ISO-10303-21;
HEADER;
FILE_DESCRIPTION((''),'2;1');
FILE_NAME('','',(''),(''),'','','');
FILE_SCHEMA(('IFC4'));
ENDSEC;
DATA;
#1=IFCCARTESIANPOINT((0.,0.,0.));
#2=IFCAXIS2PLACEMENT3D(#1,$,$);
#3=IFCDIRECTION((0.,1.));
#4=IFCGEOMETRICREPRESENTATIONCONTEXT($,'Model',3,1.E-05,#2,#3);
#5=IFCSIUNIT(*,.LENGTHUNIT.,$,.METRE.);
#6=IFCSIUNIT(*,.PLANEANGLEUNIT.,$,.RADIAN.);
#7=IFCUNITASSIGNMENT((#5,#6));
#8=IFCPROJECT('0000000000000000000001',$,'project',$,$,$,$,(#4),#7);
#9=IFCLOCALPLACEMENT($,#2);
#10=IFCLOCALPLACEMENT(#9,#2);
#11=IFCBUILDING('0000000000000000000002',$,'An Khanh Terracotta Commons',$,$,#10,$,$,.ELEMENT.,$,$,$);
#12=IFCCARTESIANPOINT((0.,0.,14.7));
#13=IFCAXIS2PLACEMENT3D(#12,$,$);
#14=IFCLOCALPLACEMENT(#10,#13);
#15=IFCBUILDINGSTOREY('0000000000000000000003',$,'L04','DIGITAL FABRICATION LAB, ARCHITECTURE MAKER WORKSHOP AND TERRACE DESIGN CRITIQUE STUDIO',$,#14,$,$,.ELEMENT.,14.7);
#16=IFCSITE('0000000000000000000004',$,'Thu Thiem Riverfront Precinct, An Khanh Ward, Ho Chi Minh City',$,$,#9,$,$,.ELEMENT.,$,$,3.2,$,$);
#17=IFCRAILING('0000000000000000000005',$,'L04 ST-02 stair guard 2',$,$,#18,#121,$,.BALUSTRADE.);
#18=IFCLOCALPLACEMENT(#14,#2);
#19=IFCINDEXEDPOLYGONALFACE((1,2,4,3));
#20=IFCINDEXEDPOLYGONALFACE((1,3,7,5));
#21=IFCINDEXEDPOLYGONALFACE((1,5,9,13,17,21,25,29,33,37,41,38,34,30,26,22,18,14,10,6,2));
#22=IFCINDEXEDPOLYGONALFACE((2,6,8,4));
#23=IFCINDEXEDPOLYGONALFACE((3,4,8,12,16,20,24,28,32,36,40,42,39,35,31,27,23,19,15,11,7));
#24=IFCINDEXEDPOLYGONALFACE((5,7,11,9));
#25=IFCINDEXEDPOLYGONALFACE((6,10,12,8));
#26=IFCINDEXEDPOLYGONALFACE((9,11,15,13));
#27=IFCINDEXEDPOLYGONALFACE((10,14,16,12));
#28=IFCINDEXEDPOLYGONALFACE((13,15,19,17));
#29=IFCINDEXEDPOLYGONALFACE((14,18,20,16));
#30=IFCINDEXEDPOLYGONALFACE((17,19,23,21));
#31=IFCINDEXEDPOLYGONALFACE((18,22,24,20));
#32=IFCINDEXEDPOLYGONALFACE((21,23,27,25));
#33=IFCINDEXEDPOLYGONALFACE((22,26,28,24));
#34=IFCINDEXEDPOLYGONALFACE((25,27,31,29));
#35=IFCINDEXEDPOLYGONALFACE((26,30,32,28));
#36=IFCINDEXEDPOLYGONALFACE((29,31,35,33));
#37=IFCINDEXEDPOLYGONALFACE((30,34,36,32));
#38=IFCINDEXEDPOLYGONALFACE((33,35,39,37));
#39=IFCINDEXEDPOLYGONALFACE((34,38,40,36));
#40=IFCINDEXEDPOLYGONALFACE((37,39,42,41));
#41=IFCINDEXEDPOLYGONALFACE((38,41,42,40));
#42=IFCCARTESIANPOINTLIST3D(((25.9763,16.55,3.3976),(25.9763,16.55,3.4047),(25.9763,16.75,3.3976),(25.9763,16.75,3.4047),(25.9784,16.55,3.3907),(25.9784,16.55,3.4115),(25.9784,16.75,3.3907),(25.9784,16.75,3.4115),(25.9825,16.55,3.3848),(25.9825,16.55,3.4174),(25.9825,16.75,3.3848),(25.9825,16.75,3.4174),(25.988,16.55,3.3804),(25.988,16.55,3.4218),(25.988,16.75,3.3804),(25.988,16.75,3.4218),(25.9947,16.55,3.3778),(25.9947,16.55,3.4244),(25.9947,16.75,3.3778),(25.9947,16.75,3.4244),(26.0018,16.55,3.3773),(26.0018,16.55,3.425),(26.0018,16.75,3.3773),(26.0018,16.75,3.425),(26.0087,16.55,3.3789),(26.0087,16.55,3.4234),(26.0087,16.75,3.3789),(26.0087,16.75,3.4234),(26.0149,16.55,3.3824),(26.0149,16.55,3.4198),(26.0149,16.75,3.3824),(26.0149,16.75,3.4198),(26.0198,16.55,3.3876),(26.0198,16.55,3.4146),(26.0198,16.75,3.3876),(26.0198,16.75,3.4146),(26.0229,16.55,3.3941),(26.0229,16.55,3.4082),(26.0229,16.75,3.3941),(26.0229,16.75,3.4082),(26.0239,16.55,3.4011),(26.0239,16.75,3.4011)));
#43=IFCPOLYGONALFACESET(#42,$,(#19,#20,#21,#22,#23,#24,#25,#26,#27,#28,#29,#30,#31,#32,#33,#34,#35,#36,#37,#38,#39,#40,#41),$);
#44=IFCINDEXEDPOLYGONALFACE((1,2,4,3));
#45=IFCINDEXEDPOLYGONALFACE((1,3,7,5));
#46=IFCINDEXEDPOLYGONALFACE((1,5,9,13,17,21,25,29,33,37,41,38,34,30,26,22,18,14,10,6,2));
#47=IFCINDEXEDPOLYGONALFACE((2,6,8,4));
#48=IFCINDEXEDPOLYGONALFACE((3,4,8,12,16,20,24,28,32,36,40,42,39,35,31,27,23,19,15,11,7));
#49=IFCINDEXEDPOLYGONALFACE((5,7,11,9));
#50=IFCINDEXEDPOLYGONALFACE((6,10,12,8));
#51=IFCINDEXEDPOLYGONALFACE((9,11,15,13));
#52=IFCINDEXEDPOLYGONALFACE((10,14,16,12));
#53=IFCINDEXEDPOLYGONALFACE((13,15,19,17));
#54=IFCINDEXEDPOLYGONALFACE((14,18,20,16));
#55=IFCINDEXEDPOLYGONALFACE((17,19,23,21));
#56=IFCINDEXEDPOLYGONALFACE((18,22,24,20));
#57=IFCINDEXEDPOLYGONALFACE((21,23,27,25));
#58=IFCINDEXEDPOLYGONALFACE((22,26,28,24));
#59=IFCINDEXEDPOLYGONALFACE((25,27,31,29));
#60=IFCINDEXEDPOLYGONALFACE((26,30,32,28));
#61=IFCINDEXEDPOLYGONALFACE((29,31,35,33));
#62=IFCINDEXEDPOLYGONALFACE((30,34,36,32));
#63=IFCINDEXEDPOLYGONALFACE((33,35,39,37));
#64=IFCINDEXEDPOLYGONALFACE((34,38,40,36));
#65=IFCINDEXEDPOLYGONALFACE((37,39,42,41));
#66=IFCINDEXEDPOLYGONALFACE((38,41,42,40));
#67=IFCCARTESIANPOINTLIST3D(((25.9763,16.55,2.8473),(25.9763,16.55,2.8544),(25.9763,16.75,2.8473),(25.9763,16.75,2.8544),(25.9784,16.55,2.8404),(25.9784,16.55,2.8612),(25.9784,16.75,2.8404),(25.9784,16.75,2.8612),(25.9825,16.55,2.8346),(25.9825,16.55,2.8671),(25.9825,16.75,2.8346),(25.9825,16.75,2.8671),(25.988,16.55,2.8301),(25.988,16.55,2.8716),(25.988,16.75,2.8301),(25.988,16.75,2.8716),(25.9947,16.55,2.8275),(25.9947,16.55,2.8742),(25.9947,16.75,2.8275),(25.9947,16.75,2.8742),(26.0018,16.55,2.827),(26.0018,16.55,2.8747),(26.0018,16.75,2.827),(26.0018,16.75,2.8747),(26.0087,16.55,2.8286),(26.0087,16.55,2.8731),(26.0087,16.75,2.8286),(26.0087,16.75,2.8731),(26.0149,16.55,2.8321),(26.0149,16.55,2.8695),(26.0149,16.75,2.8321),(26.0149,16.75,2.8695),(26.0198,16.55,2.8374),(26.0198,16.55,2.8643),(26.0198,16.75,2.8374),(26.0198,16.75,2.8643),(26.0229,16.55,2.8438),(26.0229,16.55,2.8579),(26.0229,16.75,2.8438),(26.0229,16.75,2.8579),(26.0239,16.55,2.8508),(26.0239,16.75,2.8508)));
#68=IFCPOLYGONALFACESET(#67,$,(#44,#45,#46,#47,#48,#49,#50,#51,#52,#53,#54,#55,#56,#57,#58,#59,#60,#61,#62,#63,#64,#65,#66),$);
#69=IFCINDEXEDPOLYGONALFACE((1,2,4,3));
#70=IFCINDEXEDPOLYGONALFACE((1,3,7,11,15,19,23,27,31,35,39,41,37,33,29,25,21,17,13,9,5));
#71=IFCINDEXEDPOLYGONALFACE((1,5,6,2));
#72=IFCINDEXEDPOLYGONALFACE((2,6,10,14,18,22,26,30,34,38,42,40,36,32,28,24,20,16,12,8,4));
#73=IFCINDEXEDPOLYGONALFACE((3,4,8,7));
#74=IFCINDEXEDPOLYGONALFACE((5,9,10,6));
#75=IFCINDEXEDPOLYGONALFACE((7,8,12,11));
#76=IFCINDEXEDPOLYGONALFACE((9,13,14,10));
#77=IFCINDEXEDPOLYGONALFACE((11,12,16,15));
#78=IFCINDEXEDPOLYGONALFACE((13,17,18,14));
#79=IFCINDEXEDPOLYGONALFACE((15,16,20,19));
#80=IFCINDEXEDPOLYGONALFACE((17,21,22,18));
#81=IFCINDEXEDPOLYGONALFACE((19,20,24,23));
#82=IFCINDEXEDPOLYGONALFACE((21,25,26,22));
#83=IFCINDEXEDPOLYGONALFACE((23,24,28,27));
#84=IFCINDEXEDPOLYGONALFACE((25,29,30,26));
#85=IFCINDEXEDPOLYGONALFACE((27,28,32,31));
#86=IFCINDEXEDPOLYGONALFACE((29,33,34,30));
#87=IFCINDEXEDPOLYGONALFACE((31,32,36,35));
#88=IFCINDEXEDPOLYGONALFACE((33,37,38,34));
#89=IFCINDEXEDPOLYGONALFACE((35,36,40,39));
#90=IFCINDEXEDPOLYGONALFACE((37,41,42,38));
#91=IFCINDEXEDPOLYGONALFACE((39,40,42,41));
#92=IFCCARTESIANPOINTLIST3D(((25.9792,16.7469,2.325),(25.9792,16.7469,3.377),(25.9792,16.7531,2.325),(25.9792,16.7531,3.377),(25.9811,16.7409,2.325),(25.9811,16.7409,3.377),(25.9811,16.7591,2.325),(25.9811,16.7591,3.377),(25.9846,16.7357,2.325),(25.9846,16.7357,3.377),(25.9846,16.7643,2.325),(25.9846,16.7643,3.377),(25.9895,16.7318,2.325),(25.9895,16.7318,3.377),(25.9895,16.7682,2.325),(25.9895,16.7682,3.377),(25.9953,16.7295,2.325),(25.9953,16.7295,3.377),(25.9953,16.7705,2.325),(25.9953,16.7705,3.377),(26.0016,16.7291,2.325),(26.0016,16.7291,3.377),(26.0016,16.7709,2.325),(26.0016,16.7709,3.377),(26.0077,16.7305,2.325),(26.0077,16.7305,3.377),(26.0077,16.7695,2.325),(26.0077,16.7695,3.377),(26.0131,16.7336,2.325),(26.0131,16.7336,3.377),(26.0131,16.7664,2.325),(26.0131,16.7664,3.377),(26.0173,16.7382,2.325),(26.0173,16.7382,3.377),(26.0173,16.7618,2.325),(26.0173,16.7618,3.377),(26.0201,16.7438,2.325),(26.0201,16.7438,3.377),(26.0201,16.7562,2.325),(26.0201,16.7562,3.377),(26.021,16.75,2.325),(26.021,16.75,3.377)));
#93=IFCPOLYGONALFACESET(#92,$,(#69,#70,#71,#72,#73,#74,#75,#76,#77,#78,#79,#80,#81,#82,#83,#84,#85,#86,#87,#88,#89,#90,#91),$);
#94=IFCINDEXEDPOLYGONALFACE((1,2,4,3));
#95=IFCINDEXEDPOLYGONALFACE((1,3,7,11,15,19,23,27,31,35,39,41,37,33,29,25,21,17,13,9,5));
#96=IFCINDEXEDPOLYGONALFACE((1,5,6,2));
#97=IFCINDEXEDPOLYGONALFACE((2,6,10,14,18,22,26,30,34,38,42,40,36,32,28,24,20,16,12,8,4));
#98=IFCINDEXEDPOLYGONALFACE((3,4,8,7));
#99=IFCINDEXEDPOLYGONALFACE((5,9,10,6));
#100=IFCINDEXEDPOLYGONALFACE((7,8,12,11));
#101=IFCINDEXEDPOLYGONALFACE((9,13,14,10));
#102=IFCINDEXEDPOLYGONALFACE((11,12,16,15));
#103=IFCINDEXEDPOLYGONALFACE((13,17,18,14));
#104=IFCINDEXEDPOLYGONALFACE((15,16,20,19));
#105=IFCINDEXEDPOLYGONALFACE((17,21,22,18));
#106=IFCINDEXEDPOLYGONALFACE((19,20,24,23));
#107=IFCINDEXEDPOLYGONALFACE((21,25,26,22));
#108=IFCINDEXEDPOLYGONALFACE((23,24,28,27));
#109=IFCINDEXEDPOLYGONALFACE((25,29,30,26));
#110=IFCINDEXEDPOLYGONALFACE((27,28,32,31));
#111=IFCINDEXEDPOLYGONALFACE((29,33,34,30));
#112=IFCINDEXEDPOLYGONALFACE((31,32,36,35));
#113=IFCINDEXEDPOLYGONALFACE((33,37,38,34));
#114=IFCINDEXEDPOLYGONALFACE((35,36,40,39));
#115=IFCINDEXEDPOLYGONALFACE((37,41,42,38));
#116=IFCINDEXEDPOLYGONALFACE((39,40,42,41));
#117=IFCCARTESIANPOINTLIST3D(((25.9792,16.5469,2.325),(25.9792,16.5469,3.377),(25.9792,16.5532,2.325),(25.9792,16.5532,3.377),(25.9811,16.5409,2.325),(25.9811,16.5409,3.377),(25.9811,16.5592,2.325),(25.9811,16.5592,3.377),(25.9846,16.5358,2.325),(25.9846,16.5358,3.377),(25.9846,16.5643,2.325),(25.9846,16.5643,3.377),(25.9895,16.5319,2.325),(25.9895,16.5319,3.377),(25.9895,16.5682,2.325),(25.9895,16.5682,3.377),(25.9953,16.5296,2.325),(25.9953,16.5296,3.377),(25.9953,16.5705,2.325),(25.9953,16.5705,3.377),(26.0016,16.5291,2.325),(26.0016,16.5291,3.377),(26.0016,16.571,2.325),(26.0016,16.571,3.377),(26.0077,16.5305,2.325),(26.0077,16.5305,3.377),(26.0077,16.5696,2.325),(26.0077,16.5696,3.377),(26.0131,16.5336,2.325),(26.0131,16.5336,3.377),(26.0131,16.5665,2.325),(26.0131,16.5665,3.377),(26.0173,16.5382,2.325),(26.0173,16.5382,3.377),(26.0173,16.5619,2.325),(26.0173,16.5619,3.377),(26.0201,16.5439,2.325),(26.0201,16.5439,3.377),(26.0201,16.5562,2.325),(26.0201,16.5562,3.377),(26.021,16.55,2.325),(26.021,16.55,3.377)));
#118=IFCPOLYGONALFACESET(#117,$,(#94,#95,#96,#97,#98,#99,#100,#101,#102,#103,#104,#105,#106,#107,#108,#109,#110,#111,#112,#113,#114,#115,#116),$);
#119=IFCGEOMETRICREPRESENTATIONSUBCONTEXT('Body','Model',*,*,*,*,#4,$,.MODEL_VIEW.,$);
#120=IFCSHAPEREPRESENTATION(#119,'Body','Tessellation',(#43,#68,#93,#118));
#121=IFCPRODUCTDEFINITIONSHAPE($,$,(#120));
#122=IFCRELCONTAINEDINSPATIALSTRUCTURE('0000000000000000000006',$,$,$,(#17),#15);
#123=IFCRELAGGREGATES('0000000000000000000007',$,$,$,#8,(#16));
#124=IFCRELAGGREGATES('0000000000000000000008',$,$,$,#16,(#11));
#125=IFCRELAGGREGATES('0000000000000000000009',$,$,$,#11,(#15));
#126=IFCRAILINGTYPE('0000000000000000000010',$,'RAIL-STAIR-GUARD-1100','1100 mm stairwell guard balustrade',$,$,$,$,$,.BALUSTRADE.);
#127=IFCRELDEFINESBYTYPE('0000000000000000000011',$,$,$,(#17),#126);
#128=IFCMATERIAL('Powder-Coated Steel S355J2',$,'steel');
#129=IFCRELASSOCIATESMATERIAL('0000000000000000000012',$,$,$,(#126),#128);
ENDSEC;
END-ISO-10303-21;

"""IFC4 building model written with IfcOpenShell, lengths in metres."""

from ifc_helpers import new_model, si_unit, direction, frame, origin, origin_2d, place, context, subcontext, project, spatial, circle, extrude, material, type_object, element, save


model = new_model("IFC4")

# Units and contexts
model_context = context("Model", 3, precision=1e-05, world=origin(), true_north=direction((0.0, 1.0)))
body_context = subcontext(model_context, "Body", "Model", "MODEL_VIEW")
ifc_project = project(units=[si_unit("LENGTHUNIT", "METRE"), si_unit("PLANEANGLEUNIT", "RADIAN")], contexts=[model_context])

# Site, building, storey
site_placement = place(None, origin())
site = spatial("IfcSite", under=ifc_project, at=site_placement, Name="Thu Thiem Riverfront Precinct, An Khanh Ward, Ho Chi Minh City", CompositionType="ELEMENT", RefElevation=3.2)
building_placement = place(site_placement, origin())
building = spatial("IfcBuilding", under=site, at=building_placement, Name="An Khanh Terracotta Commons", CompositionType="ELEMENT")
storey_placement = place(building_placement, frame((0.0, 0.0, 14.7)))
storey = spatial("IfcBuildingStorey", under=building, at=storey_placement, Name="L04", Description="DIGITAL FABRICATION LAB, ARCHITECTURE MAKER WORKSHOP AND TERRACE DESIGN CRITIQUE STUDIO", CompositionType="ELEMENT", Elevation=14.7)

# Railing
ifc_material_1 = material(Name="Powder-Coated Steel S355J2", Category="steel")
railing_type_1 = type_object("IfcRailingType", Name="RAIL-STAIR-GUARD-1100", Description="1100 mm stairwell guard balustrade", PredefinedType="BALUSTRADE", material=ifc_material_1)
railing_1_placement = place(storey_placement, frame((26.0, 16.75, 2.325)))
element("IfcRailing", 1, at=railing_1_placement, inside=storey, type_object=railing_type_1, Name="L04 ST-02 stair guard 2", PredefinedType="BALUSTRADE", context=body_context, shape_type="SweptSolid", body=[
    extrude(circle(Radius=0.0239, at=origin_2d()), frame((0.0, 0.0, 1.0762), z_axis=(0.0, -1.0, 0.0), x_axis=(1.0, 0.0, 0.0)), (0.0, 0.0, 1.0), 0.2),
    extrude(circle(Radius=0.0239, at=origin_2d()), frame((0.0, 0.0, 0.5259), z_axis=(0.0, -1.0, 0.0), x_axis=(1.0, 0.0, 0.0)), (0.0, 0.0, 1.0), 0.2),
    extrude(circle(Radius=0.021, at=origin_2d()), origin(), (0.0, 0.0, 1.0), 1.052),
    extrude(circle(Radius=0.021, at=origin_2d()), frame((0.0, -0.2, 0.0)), (0.0, 0.0, 1.0), 1.052),
])

save(model, "model.ifc")
